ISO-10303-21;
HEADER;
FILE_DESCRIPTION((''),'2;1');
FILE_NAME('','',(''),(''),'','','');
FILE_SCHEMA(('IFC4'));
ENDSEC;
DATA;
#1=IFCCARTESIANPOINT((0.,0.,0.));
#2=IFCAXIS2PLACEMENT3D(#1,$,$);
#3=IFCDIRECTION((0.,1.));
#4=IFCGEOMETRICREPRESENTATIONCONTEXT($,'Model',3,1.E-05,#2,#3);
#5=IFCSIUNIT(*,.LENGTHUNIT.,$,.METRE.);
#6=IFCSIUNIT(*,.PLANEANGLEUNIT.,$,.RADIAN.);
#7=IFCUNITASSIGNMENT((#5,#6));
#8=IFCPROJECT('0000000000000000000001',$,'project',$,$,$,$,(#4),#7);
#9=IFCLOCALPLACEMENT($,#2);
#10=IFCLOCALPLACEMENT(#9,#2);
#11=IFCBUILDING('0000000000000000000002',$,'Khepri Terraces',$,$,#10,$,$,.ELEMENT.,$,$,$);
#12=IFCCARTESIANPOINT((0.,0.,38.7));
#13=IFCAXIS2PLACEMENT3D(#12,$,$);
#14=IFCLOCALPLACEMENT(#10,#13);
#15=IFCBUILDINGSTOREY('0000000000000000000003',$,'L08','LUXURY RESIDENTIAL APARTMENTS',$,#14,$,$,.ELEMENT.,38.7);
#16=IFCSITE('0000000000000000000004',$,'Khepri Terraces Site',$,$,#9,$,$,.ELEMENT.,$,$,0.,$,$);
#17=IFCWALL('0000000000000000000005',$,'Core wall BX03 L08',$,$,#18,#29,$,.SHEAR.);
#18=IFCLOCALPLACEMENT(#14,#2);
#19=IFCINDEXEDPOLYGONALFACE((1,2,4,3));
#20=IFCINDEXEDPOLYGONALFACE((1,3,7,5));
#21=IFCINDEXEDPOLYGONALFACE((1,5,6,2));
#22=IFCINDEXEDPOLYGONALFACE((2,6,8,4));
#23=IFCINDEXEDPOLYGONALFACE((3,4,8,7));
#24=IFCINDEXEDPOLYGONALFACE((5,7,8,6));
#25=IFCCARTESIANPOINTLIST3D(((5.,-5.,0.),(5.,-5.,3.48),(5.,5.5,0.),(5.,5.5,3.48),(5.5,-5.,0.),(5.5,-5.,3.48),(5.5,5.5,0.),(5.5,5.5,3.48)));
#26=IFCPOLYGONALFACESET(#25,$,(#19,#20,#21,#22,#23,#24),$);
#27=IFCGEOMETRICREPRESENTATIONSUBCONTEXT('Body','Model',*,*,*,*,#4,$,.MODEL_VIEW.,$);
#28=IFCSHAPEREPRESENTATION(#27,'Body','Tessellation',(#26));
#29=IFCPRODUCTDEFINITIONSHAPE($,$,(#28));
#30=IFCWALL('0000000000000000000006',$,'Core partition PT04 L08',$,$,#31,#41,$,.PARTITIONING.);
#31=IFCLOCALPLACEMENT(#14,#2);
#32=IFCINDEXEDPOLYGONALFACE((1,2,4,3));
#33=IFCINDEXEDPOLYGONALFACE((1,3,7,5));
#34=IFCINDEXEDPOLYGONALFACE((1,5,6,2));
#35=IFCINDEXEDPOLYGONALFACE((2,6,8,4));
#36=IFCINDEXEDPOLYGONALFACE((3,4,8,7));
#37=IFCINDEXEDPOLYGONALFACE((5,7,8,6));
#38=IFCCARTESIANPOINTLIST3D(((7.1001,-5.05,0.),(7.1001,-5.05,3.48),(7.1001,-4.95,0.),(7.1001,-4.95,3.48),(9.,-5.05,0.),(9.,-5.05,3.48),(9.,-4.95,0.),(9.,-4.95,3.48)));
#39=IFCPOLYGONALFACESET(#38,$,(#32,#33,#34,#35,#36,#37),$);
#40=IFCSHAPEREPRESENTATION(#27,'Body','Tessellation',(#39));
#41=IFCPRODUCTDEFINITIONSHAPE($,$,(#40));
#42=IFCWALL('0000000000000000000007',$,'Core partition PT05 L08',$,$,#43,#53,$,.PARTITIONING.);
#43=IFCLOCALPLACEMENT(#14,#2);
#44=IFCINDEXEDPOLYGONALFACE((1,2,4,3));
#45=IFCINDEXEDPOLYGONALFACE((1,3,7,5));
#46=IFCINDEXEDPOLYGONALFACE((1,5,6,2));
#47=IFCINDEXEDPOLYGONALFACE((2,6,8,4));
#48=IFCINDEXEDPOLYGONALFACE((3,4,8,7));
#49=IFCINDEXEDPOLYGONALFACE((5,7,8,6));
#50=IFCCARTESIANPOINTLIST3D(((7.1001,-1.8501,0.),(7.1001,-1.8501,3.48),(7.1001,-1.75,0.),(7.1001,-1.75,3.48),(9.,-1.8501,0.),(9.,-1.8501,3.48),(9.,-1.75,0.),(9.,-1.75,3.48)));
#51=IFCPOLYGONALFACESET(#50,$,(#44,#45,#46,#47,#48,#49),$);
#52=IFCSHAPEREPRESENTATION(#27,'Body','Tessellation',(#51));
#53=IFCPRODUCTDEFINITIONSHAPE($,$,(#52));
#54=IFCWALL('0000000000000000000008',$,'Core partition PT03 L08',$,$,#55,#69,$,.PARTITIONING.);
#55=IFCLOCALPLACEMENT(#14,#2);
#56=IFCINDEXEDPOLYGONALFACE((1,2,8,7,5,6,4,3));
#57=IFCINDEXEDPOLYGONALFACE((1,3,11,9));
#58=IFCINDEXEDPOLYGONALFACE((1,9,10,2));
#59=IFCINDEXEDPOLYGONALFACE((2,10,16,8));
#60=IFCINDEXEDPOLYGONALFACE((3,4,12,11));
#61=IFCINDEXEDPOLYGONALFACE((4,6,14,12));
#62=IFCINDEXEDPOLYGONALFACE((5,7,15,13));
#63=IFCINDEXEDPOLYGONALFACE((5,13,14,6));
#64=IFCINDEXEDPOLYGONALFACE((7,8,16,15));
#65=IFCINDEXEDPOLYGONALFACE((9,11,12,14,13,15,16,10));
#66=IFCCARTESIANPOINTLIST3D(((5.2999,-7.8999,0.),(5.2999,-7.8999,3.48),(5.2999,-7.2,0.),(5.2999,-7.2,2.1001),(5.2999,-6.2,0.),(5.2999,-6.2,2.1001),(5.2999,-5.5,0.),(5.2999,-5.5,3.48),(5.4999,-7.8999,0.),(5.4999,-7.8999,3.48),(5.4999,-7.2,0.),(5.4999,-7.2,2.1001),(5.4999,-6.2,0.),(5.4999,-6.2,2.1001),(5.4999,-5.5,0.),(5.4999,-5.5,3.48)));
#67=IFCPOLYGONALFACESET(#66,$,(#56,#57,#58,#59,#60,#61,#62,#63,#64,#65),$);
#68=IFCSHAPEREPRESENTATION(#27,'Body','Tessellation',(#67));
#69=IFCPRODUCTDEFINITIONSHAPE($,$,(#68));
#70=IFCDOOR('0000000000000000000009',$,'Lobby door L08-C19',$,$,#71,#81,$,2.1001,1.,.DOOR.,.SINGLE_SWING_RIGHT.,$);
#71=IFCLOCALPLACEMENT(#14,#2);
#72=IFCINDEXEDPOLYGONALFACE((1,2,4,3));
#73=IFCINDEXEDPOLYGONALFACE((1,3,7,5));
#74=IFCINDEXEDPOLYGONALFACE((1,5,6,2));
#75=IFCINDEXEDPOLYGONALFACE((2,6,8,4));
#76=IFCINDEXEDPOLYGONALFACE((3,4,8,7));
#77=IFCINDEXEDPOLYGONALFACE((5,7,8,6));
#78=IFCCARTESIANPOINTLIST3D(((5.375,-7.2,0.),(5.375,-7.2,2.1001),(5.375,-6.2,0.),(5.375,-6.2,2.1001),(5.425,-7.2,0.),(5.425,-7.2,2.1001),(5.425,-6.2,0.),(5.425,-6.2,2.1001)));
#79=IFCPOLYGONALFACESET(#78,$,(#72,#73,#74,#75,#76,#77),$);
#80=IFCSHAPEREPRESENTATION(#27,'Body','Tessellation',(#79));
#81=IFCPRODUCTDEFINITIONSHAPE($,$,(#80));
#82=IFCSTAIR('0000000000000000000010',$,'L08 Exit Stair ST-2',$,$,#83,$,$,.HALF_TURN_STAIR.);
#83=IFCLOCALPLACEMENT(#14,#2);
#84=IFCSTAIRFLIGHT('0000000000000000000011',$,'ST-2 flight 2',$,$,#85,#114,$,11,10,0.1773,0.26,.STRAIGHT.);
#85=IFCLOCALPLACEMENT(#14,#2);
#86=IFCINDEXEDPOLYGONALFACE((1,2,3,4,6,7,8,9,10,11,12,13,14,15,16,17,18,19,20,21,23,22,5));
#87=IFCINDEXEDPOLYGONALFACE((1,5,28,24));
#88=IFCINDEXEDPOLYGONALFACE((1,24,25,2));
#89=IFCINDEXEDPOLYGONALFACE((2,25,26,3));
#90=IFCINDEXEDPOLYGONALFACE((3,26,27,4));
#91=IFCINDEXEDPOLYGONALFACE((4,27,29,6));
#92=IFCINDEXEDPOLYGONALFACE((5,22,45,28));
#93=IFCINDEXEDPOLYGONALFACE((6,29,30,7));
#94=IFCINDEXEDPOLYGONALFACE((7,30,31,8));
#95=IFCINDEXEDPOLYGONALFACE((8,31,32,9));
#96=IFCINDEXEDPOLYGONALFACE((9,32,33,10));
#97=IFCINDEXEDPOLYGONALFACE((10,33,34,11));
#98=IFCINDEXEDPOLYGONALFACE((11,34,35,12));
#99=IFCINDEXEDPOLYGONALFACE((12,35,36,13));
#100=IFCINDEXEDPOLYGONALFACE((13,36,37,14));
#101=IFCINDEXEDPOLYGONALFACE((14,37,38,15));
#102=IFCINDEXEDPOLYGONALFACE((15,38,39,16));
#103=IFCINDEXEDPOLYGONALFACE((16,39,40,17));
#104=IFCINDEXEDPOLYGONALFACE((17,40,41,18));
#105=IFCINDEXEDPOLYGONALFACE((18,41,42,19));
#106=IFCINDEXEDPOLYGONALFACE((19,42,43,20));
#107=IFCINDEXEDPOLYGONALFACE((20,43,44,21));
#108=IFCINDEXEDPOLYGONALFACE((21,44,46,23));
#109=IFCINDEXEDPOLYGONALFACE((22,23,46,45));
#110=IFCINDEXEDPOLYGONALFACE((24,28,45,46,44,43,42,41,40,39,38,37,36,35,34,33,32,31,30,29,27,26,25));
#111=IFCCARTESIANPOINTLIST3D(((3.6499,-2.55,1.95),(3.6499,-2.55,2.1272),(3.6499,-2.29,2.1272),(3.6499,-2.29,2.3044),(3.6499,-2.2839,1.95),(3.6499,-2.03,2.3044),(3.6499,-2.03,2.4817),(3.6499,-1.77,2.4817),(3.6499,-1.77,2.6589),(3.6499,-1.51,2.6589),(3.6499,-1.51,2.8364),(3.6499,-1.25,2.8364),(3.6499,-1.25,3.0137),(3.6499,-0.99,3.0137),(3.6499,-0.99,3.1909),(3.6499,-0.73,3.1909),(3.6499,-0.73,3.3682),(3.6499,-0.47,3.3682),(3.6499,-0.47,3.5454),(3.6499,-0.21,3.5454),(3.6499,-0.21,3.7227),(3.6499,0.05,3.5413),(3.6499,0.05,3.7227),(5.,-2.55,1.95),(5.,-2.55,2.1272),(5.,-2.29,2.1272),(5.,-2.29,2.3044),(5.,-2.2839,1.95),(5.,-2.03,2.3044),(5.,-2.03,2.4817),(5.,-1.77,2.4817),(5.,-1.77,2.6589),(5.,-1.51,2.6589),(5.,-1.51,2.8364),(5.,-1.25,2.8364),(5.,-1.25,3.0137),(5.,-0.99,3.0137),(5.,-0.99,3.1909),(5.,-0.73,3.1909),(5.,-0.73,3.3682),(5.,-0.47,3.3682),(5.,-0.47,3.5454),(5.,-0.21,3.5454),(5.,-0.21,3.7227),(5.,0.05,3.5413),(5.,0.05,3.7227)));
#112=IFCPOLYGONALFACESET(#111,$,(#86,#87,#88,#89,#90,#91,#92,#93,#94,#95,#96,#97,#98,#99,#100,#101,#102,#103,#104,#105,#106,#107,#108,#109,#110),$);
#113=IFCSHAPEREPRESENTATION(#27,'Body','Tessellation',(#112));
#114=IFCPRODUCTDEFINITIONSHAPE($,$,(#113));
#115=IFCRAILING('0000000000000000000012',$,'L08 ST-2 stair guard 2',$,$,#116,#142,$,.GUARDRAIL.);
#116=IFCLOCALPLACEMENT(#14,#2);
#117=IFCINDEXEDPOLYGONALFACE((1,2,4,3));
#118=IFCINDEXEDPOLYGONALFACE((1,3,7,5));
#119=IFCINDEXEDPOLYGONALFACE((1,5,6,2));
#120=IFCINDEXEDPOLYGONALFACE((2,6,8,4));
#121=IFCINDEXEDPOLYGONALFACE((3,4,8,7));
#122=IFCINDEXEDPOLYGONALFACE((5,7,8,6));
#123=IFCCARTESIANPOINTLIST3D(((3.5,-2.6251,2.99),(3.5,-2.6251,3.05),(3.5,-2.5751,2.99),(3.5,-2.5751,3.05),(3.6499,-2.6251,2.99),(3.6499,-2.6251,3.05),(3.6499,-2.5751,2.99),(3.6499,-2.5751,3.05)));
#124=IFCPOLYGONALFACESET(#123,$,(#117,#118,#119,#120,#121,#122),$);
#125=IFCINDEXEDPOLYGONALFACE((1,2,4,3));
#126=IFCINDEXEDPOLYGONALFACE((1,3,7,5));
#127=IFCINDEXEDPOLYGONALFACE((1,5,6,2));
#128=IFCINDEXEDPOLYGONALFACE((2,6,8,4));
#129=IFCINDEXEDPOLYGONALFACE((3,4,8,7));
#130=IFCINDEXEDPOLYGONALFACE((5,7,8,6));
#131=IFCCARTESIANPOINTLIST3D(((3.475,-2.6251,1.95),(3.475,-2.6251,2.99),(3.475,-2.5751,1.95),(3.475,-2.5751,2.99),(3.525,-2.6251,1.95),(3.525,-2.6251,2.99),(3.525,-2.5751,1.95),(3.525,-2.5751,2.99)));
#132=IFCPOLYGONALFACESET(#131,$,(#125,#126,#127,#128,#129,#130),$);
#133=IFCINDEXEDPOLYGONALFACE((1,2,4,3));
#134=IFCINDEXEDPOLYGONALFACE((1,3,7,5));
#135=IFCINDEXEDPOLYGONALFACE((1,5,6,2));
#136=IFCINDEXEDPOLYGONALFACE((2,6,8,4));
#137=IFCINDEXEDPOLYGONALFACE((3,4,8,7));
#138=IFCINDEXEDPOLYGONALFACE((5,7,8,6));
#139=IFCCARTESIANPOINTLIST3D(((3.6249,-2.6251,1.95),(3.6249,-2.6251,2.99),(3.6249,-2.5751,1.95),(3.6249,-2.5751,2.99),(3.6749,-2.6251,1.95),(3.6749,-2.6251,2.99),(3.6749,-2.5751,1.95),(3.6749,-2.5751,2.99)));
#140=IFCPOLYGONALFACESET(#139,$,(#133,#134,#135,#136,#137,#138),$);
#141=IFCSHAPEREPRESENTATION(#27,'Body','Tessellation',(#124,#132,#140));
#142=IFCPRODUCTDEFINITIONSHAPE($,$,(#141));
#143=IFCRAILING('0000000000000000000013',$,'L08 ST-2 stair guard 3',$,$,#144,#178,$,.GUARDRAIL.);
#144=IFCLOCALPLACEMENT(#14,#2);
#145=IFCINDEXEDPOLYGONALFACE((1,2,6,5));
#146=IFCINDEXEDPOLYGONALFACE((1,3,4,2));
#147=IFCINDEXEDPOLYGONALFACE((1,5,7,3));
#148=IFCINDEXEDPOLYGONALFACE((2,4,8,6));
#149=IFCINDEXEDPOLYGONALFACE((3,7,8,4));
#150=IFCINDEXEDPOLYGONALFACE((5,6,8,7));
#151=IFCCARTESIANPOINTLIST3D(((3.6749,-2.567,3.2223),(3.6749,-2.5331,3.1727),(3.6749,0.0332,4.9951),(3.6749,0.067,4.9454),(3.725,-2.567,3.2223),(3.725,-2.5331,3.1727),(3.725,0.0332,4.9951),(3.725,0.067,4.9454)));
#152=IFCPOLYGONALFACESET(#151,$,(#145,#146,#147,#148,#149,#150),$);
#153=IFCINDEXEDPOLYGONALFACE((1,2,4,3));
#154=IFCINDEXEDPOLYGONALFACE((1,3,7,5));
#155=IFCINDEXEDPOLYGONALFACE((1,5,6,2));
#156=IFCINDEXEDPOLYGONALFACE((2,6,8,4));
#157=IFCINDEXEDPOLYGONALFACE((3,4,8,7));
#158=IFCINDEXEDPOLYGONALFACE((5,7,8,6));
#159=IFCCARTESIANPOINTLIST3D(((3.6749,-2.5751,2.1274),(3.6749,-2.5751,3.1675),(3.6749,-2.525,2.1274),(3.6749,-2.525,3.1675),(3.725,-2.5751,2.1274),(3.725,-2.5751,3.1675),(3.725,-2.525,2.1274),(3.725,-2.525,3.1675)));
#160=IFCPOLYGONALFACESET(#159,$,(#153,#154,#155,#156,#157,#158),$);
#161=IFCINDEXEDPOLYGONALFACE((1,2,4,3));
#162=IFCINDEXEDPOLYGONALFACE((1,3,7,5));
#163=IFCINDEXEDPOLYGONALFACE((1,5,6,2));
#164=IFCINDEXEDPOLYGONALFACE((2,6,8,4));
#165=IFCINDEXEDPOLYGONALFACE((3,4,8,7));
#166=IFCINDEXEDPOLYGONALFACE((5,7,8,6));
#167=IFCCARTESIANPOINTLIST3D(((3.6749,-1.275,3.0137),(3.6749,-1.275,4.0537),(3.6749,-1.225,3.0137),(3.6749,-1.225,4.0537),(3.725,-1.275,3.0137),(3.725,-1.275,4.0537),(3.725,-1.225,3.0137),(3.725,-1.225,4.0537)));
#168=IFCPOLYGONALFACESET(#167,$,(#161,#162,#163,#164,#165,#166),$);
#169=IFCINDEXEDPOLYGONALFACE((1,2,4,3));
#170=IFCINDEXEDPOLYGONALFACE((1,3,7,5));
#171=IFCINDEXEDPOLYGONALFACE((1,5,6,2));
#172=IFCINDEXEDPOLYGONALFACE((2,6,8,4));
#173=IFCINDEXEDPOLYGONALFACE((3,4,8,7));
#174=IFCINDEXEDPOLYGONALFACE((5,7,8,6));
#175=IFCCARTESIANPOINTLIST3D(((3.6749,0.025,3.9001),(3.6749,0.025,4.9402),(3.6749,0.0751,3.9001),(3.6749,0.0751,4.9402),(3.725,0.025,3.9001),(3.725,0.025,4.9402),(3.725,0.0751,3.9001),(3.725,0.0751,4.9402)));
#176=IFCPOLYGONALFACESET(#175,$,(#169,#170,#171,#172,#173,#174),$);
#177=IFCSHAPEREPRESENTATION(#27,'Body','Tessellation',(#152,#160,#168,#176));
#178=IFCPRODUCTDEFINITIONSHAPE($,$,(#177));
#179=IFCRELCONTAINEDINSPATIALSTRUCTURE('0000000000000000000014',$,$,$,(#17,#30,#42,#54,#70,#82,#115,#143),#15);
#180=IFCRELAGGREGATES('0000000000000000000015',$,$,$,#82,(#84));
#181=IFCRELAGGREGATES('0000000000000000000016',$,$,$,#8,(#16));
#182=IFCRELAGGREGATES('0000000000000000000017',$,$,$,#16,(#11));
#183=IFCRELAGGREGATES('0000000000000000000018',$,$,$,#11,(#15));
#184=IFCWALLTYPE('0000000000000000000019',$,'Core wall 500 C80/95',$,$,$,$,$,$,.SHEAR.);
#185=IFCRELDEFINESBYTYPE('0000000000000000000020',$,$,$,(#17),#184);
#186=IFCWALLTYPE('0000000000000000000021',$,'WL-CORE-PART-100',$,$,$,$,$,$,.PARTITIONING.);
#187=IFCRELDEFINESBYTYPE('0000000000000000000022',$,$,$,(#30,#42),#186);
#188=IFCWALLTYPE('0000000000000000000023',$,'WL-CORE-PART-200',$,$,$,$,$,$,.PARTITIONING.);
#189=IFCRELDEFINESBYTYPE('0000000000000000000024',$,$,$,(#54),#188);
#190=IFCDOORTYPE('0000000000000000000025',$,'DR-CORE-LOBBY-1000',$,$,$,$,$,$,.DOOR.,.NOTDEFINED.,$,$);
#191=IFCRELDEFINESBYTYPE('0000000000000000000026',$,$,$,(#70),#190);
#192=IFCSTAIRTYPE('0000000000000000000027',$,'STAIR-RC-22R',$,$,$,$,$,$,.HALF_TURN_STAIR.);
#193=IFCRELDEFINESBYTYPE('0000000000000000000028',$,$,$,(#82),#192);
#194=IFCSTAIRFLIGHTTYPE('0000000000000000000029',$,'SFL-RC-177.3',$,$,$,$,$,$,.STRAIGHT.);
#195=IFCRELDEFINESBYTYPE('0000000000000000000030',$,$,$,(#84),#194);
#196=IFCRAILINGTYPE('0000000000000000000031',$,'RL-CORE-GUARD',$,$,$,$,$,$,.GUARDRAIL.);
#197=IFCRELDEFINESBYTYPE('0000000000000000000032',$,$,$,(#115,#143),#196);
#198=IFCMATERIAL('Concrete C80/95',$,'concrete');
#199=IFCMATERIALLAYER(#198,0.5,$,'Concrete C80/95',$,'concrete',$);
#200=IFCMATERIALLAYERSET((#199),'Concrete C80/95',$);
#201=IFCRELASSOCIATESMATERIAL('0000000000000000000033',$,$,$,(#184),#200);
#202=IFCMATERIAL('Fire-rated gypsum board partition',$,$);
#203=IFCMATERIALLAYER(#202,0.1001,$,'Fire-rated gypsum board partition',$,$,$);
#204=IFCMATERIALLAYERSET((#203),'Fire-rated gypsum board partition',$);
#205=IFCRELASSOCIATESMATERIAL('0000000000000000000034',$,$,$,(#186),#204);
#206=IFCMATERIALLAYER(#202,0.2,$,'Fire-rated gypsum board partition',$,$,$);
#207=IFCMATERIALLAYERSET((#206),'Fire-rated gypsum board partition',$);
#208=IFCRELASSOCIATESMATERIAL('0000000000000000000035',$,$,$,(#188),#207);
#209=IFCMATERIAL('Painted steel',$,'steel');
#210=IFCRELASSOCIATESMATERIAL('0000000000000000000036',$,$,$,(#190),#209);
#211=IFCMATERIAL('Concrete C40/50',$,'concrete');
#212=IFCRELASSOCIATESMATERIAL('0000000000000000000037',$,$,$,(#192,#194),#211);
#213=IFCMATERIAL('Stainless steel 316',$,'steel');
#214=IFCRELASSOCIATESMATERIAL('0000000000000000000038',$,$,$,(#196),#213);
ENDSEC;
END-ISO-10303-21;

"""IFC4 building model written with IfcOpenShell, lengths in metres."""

from ifc_helpers import new_model, si_unit, direction, frame, frame_2d, origin, origin_2d, place, context, subcontext, project, spatial, polyline, rectangle, outline, extrude, material, layer, layer_set, type_object, element, fill, aggregate, save


model = new_model("IFC4")

# Units and contexts
model_context = context("Model", 3, precision=1e-05, world=origin(), true_north=direction((0.0, 1.0)))
body_context = subcontext(model_context, "Body", "Model", "MODEL_VIEW")
ifc_project = project(units=[si_unit("LENGTHUNIT", "METRE"), si_unit("PLANEANGLEUNIT", "RADIAN")], contexts=[model_context])

# Site, building, storey
site_placement = place(None, origin())
site = spatial("IfcSite", under=ifc_project, at=site_placement, Name="Khepri Terraces Site", CompositionType="ELEMENT", RefElevation=0.0)
building_placement = place(site_placement, origin())
building = spatial("IfcBuilding", under=site, at=building_placement, Name="Khepri Terraces", CompositionType="ELEMENT")
storey_placement = place(building_placement, frame((0.0, 0.0, 38.7)))
storey = spatial("IfcBuildingStorey", under=building, at=storey_placement, Name="L08", Description="LUXURY RESIDENTIAL APARTMENTS", CompositionType="ELEMENT", Elevation=38.7)

# Shared definitions
ifc_material_1 = material(Name="Concrete C80/95", Category="concrete")
ifc_material_2 = material(Name="Painted steel", Category="steel")

# Walls
ifc_layer_1 = layer(ifc_material_1, 0.5, Name="Concrete C80/95", Category="concrete")
ifc_layer_set_1 = layer_set([ifc_layer_1], Name="Concrete C80/95")
wall_type_1 = type_object("IfcWallType", Name="Core wall 500 C80/95", PredefinedType="SHEAR", material=ifc_layer_set_1)
wall_1_placement = place(storey_placement, frame((5.25, -5.0, 0.0), z_axis=(0.0, 0.0, 1.0), x_axis=(0.0, 1.0, 0.0)))
element("IfcWall", 1, at=wall_1_placement, inside=storey, type_object=wall_type_1, Name="Core wall BX03 L08", PredefinedType="SHEAR", context=body_context, shape_type="SweptSolid", body=[
    extrude(rectangle(XDim=10.5, YDim=0.5, at=frame_2d((5.25, 0.0))), origin(), (0.0, 0.0, 1.0), 3.48),
])
ifc_material_3 = material(Name="Fire-rated gypsum board partition")
ifc_layer_2 = layer(ifc_material_3, 0.1001, Name="Fire-rated gypsum board partition")
ifc_layer_set_2 = layer_set([ifc_layer_2], Name="Fire-rated gypsum board partition")
wall_type_2 = type_object("IfcWallType", Name="WL-CORE-PART-100", PredefinedType="PARTITIONING", material=ifc_layer_set_2)
for number, where, z_axis, x_axis, name in (
    (2, (7.1001, -5.0, 0.0), (0.0, 0.0, 1.0), (1.0, 0.0, 0.0), "Core partition PT04 L08"),
    (3, (7.1001, -1.8, 0.0), (0.0, 0.0, 1.0), (1.0, 0.0, 0.0), "Core partition PT05 L08"),
):
    element("IfcWall", number, at=place(storey_placement, frame(where, z_axis=z_axis, x_axis=x_axis)), inside=storey, type_object=wall_type_2, Name=name, PredefinedType="PARTITIONING", context=body_context, shape_type="SweptSolid", body=[
        extrude(rectangle(XDim=1.8999, YDim=0.1001, at=frame_2d((0.95, 0.0))), origin(), (0.0, 0.0, 1.0), 3.48),
    ])

# Wall, opening, door
ifc_layer_3 = layer(ifc_material_3, 0.2, Name="Fire-rated gypsum board partition")
ifc_layer_set_3 = layer_set([ifc_layer_3], Name="Fire-rated gypsum board partition")
wall_type_3 = type_object("IfcWallType", Name="WL-CORE-PART-200", PredefinedType="PARTITIONING", material=ifc_layer_set_3)
wall_2_placement = place(storey_placement, frame((5.3999, -7.8999, 0.0), z_axis=(0.0, 0.0, 1.0), x_axis=(0.0, 1.0, 0.0)))
wall_2 = element("IfcWall", 4, at=wall_2_placement, inside=storey, type_object=wall_type_3, Name="Core partition PT03 L08", PredefinedType="PARTITIONING", context=body_context, shape_type="SweptSolid", body=[
    extrude(rectangle(XDim=2.3999, YDim=0.2, at=frame_2d((1.2, 0.0))), origin(), (0.0, 0.0, 1.0), 3.48),
])
opening_1_placement = place(wall_2_placement, frame((0.7, 0.0, 0.0)))
opening_1 = element("IfcOpeningElement", 5, at=opening_1_placement, cuts=wall_2, PredefinedType="OPENING", context=body_context, shape_type="SweptSolid", body=[
    extrude(rectangle(XDim=1.0, YDim=2.1001, at=frame_2d((0.5, 1.05))), frame((0.0, 0.1099, 0.0), z_axis=(0.0, -1.0, 0.0), x_axis=(1.0, 0.0, 0.0)), (0.0, 0.0, 1.0), 0.22),
])
door_type_1 = type_object("IfcDoorType", Name="DR-CORE-LOBBY-1000", OperationType="NOTDEFINED", PredefinedType="DOOR", material=ifc_material_2)
door_1_placement = place(opening_1_placement, origin())
door_1 = element("IfcDoor", 6, at=door_1_placement, inside=storey, type_object=door_type_1, Name="Lobby door L08-C19", OperationType="SINGLE_SWING_RIGHT", OverallHeight=2.1001, OverallWidth=1.0, PredefinedType="DOOR", context=body_context, shape_type="SweptSolid", body=[
    extrude(rectangle(XDim=1.0, YDim=2.1001, at=frame_2d((0.5, 1.05))), frame((0.0, 0.0249, 0.0), z_axis=(0.0, -1.0, 0.0), x_axis=(1.0, 0.0, 0.0)), (0.0, 0.0, 1.0), 0.05),
])
fill(opening_1, door_1)

# Stair, stair flight
ifc_material_4 = material(Name="Concrete C40/50", Category="concrete")
stair_type = type_object("IfcStairType", Name="STAIR-RC-22R", PredefinedType="HALF_TURN_STAIR", material=ifc_material_4)
stair_placement = place(storey_placement, origin())
stair = element("IfcStair", 7, at=stair_placement, inside=storey, type_object=stair_type, Name="L08 Exit Stair ST-2", PredefinedType="HALF_TURN_STAIR")
stair_flight_type = type_object("IfcStairFlightType", Name="SFL-RC-177.3", PredefinedType="STRAIGHT", material=ifc_material_4)
stair_flight_placement = place(storey_placement, frame((4.325, -2.55, 1.95), z_axis=(0.0, 0.0, 1.0), x_axis=(0.0, 1.0, 0.0)))
stair_flight = element("IfcStairFlight", 8, at=stair_flight_placement, type_object=stair_flight_type, Name="ST-2 flight 2", NumberOfRisers=11, NumberOfTreads=10, PredefinedType="STRAIGHT", RiserHeight=0.1773, TreadLength=0.26, context=body_context, shape_type="SweptSolid", body=[
    extrude(outline(polyline([(0.0, 0.0), (0.0, 0.1772), (0.26, 0.1772), (0.26, 0.3545), (0.52, 0.3545), (0.52, 0.5317), (0.78, 0.5317), (0.78, 0.709), (1.04, 0.709), (1.04, 0.8865), (1.3, 0.8865), (1.3, 1.0637), (1.5601, 1.0637), (1.5601, 1.241), (1.8201, 1.241), (1.8201, 1.4182), (2.0801, 1.4182), (2.0801, 1.5955), (2.3401, 1.5955), (2.3401, 1.7727), (2.6001, 1.7727), (2.6001, 1.95), (2.6001, 1.5913), (0.2661, 0.0), (0.0, 0.0)])), frame((0.0, 0.675, 0.0), z_axis=(0.0, -1.0, 0.0), x_axis=(1.0, 0.0, 0.0)), (0.0, 0.0, 1.0), 1.3501),
])
aggregate(stair, [stair_flight])

# Railings
ifc_material_5 = material(Name="Stainless steel 316", Category="steel")
railing_type_1 = type_object("IfcRailingType", Name="RL-CORE-GUARD", PredefinedType="GUARDRAIL", material=ifc_material_5)
railing_1_placement = place(storey_placement, frame((3.5, -2.6001, 1.95)))
element("IfcRailing", 9, at=railing_1_placement, inside=storey, type_object=railing_type_1, Name="L08 ST-2 stair guard 2", PredefinedType="GUARDRAIL", context=body_context, shape_type="SweptSolid", body=[
    extrude(rectangle(XDim=0.05, YDim=0.0601, at=origin_2d()), frame((0.0, 0.0, 1.0701), z_axis=(1.0, 0.0, 0.0), x_axis=(0.0, 1.0, 0.0)), (0.0, 0.0, 1.0), 0.1499),
    extrude(rectangle(XDim=0.05, YDim=0.05, at=origin_2d()), origin(), (0.0, 0.0, 1.0), 1.04),
    extrude(rectangle(XDim=0.05, YDim=0.05, at=origin_2d()), frame((0.1499, 0.0, 0.0)), (0.0, 0.0, 1.0), 1.04),
])
railing_2_placement = place(storey_placement, frame((3.7, -2.55, 2.1274)))
element("IfcRailing", 10, at=railing_2_placement, inside=storey, type_object=railing_type_1, Name="L08 ST-2 stair guard 3", PredefinedType="GUARDRAIL", context=body_context, shape_type="SweptSolid", body=[
    extrude(rectangle(XDim=0.05, YDim=0.0601, at=origin_2d()), frame((0.0, 0.0, 1.0701), z_axis=(0.0, 0.82624, 0.563318), x_axis=(-1.0, 0.0, 0.0)), (0.0, 0.0, 1.0), 3.147),
    extrude(rectangle(XDim=0.05, YDim=0.05, at=origin_2d()), origin(), (0.0, 0.0, 1.0), 1.04),
    extrude(rectangle(XDim=0.05, YDim=0.05, at=origin_2d()), frame((0.0, 1.3, 0.8862)), (0.0, 0.0, 1.0), 1.04),
    extrude(rectangle(XDim=0.05, YDim=0.05, at=origin_2d()), frame((0.0, 2.6001, 1.7727)), (0.0, 0.0, 1.0), 1.04),
])

save(model, "model.ifc")
